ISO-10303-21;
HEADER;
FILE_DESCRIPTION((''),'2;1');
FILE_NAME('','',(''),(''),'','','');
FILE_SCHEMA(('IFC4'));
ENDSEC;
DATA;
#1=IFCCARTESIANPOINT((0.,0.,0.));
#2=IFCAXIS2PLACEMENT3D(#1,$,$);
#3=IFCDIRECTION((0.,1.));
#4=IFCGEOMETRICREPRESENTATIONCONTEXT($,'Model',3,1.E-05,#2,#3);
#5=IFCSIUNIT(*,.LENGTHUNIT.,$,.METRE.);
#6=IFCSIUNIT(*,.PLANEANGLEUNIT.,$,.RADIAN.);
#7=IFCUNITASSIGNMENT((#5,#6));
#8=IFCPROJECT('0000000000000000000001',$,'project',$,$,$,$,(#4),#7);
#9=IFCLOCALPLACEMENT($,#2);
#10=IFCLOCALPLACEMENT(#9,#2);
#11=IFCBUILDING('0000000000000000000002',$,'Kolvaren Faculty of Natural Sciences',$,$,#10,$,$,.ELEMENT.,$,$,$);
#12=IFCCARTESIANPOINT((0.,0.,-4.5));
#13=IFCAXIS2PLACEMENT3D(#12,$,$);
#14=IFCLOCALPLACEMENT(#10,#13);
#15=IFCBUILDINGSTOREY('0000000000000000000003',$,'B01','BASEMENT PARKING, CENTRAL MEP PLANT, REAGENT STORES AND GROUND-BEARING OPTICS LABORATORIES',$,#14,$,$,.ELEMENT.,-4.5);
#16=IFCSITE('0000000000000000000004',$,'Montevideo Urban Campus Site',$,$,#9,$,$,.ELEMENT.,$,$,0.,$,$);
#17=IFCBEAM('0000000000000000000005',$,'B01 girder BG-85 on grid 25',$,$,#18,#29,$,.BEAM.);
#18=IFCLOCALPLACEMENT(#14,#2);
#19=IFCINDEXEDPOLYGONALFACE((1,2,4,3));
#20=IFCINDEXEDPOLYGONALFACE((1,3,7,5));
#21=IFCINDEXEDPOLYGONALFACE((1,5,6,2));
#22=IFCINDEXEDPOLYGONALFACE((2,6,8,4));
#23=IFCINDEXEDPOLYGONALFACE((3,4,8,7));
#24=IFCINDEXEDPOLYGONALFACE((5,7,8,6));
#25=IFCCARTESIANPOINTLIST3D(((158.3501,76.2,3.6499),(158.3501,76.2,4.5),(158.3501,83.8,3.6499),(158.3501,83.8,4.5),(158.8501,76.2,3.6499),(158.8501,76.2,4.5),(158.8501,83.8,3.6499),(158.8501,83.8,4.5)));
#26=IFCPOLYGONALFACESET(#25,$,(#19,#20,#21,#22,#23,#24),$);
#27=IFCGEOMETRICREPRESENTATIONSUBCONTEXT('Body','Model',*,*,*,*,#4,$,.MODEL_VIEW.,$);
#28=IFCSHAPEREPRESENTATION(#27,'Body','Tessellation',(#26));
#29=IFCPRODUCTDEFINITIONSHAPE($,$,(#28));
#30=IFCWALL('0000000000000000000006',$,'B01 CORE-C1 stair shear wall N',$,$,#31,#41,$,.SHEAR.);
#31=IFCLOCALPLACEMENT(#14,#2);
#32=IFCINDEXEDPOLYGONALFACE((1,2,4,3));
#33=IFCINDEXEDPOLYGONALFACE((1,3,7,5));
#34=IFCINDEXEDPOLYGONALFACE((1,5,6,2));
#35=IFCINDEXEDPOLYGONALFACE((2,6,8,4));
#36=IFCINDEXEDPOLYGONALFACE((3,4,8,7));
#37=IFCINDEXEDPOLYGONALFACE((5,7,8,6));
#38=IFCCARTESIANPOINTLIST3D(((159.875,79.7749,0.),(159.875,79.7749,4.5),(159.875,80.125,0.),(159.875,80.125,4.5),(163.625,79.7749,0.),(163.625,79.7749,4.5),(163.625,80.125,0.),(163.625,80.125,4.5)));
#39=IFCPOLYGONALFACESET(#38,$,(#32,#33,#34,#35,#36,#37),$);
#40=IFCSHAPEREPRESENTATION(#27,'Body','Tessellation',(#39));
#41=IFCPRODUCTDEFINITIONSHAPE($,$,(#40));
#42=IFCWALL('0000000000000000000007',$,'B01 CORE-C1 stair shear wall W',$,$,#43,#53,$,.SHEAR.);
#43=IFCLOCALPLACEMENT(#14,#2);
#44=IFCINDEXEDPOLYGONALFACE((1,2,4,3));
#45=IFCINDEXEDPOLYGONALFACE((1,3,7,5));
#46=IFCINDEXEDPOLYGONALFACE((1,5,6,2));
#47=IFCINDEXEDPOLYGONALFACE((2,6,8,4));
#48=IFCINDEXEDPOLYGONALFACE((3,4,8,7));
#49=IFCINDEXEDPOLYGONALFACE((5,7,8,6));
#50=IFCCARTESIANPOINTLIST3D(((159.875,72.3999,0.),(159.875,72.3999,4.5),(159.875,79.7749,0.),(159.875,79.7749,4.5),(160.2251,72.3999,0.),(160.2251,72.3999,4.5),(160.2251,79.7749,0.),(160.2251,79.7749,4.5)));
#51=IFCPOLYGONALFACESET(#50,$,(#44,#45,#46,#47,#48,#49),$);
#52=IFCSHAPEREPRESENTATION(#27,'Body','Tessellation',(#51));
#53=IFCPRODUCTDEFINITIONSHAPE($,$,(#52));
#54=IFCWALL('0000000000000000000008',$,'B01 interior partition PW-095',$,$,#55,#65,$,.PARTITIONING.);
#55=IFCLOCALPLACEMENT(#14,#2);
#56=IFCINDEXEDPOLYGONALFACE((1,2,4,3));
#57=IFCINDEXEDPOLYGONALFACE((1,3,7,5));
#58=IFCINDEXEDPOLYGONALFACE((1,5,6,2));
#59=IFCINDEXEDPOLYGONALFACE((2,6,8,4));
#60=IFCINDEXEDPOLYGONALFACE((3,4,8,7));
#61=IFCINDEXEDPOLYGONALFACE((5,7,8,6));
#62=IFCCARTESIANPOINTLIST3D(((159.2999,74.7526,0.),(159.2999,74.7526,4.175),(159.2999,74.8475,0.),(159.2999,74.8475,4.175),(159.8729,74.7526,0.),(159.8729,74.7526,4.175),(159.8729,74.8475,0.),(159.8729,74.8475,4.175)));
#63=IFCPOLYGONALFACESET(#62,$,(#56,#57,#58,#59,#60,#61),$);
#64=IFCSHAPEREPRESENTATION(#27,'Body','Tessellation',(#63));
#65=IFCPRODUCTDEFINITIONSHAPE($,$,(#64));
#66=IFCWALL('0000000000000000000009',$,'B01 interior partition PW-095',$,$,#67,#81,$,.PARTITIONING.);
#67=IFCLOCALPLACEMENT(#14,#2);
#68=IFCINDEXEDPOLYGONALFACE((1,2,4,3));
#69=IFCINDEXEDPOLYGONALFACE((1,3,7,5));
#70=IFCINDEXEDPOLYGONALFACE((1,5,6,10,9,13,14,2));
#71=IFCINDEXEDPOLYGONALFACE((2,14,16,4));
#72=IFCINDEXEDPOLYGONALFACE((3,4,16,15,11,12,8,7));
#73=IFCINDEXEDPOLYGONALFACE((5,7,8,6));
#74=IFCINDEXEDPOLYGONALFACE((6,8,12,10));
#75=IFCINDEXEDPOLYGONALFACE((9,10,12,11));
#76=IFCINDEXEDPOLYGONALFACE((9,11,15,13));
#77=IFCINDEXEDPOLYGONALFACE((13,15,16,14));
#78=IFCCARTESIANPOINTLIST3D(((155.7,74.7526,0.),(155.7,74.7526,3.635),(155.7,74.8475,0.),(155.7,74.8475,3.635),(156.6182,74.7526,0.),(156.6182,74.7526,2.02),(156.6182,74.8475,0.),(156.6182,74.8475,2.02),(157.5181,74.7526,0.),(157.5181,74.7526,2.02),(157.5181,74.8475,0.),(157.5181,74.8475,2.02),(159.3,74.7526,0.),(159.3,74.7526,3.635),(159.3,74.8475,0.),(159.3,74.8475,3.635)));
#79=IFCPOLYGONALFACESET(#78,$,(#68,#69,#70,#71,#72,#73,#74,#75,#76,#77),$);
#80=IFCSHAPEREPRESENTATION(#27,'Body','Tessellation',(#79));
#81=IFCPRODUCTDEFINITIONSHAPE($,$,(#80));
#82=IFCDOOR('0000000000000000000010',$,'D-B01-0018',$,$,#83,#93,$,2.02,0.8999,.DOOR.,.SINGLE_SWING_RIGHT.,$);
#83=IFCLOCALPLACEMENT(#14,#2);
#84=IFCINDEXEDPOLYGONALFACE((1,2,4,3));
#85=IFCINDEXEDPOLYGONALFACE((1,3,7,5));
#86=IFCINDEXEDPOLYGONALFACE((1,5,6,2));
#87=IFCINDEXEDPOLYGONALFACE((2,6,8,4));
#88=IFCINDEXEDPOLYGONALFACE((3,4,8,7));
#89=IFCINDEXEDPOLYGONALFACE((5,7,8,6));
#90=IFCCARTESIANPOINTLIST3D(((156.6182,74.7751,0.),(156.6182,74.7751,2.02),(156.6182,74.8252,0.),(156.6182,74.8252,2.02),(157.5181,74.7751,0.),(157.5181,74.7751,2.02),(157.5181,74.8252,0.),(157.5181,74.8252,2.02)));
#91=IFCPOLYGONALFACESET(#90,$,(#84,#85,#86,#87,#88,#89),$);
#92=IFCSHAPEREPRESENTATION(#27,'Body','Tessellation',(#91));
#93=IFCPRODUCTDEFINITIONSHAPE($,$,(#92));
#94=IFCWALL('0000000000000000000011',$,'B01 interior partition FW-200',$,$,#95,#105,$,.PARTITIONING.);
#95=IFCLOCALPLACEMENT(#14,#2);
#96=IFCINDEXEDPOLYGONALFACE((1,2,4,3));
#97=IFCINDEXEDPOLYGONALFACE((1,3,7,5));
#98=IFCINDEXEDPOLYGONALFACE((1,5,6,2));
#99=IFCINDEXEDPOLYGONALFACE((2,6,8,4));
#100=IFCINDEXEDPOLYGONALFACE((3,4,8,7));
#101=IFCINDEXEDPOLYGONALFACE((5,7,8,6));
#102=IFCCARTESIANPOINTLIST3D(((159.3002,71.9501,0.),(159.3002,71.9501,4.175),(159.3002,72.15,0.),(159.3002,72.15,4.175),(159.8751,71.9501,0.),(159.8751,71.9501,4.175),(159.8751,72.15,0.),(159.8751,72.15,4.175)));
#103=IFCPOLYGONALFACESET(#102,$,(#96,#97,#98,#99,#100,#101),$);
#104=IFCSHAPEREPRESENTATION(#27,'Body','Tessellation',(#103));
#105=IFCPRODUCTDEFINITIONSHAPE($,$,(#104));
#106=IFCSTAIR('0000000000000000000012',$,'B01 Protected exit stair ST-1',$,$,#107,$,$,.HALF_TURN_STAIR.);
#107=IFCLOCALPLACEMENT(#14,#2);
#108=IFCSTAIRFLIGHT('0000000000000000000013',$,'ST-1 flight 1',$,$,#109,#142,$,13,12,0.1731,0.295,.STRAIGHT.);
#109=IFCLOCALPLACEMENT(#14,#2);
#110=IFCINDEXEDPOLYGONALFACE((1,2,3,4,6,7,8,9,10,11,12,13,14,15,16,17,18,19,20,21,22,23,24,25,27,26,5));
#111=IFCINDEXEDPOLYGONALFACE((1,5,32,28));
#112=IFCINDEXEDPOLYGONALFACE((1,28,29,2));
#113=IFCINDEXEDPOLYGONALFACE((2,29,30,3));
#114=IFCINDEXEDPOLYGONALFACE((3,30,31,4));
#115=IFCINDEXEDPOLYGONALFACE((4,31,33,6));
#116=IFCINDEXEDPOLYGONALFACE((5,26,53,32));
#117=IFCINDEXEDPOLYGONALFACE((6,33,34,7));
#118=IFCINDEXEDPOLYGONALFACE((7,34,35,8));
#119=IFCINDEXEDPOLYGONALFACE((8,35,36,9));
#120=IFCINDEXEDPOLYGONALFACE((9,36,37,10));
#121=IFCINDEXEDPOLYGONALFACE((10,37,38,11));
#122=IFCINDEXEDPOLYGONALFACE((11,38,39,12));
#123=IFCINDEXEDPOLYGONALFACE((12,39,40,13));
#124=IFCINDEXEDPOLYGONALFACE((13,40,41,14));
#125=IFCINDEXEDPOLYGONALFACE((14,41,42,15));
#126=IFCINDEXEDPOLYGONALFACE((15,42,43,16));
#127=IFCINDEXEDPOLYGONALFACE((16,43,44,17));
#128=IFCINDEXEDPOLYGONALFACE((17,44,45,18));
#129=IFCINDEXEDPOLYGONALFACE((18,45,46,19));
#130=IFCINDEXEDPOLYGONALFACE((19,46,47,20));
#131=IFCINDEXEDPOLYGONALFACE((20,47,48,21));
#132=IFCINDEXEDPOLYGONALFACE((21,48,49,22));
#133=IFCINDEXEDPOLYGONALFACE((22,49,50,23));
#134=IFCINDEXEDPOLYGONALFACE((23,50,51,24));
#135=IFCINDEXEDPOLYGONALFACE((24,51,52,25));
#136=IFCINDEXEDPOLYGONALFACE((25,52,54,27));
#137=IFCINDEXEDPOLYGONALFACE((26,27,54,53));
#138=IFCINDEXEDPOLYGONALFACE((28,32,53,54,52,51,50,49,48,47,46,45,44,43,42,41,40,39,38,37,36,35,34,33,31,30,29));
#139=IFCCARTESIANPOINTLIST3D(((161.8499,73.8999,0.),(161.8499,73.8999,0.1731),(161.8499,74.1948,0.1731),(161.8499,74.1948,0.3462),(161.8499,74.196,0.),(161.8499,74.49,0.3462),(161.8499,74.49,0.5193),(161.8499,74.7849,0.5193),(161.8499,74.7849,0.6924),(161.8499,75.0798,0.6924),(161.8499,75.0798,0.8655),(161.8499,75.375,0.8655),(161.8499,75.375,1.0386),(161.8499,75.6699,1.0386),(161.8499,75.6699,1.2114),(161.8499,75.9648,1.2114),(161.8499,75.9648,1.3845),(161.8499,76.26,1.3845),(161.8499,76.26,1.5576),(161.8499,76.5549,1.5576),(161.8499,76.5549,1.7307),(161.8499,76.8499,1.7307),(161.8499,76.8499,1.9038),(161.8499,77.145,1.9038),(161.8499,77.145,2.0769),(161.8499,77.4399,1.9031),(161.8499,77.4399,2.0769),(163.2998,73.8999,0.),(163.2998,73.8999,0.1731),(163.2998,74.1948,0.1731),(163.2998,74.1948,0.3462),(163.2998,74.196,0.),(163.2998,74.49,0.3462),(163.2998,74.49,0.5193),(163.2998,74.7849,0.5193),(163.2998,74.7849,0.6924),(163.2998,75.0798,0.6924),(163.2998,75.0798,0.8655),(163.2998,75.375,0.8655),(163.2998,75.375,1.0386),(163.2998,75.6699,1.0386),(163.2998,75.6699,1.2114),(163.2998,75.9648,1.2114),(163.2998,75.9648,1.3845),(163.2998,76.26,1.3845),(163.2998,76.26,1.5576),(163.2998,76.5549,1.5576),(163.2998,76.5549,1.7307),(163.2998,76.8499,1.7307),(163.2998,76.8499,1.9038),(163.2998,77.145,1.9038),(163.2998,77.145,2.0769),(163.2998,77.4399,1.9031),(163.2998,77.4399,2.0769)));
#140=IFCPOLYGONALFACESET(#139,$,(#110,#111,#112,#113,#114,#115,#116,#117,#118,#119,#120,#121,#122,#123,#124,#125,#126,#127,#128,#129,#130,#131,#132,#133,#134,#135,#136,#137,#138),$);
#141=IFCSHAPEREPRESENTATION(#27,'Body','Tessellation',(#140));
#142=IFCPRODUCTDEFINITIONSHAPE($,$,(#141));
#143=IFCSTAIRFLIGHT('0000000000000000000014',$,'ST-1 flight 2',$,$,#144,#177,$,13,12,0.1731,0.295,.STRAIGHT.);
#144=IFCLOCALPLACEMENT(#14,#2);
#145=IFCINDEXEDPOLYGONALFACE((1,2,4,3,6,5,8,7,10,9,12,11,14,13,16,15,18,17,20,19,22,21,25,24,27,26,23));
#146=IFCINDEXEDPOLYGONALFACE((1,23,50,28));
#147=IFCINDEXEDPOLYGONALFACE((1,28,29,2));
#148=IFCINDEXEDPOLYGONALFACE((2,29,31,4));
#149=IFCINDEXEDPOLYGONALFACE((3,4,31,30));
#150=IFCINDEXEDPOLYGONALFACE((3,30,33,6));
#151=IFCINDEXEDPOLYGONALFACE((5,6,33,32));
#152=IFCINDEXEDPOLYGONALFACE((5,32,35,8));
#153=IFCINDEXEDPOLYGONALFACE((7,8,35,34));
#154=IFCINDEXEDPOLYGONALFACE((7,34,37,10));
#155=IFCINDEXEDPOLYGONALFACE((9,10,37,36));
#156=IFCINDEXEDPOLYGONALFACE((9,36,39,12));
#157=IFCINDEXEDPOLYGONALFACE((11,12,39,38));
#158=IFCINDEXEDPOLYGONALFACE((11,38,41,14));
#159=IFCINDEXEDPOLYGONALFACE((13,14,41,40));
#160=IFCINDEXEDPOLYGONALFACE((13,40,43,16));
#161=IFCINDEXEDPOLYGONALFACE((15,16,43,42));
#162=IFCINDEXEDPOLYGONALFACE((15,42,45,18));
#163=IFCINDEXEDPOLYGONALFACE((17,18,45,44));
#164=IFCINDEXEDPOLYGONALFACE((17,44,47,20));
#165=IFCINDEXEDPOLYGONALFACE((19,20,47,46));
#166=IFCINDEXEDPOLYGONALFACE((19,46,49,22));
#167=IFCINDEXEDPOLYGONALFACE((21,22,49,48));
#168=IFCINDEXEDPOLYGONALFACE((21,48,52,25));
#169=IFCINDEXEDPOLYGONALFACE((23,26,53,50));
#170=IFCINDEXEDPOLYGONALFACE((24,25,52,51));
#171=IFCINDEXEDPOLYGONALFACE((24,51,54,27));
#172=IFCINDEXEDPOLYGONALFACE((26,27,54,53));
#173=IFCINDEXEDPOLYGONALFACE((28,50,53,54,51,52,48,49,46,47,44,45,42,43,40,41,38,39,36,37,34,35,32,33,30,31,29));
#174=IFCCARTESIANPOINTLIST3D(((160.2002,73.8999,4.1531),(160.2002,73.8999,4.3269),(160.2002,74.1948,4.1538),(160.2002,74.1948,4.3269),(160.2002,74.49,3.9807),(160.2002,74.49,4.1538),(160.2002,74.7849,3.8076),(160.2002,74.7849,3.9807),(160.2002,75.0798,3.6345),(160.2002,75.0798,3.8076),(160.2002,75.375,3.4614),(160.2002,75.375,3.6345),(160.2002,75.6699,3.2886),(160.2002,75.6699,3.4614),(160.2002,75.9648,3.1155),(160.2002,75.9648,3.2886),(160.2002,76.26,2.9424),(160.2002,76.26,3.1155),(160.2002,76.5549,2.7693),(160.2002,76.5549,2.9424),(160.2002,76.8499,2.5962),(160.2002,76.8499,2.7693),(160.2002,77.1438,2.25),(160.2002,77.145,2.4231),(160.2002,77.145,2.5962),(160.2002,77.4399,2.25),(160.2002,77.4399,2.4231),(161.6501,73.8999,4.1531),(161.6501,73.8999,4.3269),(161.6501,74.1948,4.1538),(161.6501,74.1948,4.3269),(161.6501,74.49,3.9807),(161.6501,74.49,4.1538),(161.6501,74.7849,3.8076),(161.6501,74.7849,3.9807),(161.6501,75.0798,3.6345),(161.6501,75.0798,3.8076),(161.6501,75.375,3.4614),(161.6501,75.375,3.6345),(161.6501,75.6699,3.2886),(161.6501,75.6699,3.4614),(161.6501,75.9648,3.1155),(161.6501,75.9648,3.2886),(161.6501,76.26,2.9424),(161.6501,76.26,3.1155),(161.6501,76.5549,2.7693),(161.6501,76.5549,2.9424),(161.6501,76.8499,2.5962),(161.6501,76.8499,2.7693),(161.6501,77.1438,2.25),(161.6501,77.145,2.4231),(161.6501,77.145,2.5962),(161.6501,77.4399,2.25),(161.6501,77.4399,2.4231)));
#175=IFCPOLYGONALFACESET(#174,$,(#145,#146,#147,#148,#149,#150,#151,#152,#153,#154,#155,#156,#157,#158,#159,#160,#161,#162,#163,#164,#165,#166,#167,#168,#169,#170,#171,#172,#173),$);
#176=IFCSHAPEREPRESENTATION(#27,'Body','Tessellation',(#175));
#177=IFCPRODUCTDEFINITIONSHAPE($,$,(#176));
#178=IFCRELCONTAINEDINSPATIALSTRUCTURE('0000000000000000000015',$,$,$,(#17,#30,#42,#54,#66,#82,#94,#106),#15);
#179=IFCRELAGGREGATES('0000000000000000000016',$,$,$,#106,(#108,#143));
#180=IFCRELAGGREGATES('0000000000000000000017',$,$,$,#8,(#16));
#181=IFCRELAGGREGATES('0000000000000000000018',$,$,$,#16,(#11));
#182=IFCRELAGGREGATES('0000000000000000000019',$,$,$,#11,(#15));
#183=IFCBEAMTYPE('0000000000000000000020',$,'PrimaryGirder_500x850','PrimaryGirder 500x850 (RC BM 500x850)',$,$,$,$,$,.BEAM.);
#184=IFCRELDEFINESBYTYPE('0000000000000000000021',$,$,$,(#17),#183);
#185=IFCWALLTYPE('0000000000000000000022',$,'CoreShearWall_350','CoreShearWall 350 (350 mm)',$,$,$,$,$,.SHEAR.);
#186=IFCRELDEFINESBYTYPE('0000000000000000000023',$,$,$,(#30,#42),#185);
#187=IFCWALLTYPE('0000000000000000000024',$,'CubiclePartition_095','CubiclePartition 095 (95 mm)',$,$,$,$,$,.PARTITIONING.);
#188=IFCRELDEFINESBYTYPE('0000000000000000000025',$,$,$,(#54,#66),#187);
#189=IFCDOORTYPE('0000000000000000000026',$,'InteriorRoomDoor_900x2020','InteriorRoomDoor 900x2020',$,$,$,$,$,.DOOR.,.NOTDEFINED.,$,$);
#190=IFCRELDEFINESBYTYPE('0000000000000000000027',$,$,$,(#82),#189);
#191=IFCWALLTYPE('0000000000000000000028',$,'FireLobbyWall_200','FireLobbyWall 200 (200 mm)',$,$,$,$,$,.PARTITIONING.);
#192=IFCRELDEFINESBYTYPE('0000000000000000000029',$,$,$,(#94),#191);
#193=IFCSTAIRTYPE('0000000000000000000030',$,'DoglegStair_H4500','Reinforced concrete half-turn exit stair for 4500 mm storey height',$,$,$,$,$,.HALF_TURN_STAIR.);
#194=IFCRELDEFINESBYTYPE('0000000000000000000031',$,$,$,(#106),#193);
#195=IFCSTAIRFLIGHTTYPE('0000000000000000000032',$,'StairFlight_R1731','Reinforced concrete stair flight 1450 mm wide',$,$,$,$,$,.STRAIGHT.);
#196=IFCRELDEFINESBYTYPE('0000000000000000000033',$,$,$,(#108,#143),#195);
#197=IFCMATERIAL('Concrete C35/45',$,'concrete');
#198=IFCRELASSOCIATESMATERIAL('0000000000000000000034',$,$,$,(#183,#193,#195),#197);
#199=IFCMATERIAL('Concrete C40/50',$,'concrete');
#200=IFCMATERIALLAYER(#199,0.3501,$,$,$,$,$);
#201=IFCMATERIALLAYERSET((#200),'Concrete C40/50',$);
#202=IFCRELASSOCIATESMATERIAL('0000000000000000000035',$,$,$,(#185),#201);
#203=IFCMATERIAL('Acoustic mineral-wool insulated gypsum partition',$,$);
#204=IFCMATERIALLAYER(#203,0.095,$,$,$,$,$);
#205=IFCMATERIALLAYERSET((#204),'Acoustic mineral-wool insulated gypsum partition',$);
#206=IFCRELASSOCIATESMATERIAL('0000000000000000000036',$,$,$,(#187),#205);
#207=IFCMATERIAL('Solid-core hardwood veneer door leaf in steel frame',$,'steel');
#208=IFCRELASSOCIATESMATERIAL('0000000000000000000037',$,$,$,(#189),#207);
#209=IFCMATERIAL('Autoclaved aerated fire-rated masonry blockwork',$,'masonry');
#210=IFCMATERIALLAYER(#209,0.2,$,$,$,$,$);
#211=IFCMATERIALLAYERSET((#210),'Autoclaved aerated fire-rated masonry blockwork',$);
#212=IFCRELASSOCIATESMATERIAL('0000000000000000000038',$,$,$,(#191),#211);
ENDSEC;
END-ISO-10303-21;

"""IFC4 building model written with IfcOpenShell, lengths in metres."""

from ifc_helpers import new_model, si_unit, direction, frame, frame_2d, origin, origin_2d, place, context, subcontext, project, spatial, polyline, rectangle, outline, extrude, material, layer, layer_set, material_profile, profile_set, type_object, element, fill, aggregate, save


model = new_model("IFC4")

# Units and contexts
model_context = context("Model", 3, precision=1e-05, world=origin(), true_north=direction((0.0, 1.0)))
body_context = subcontext(model_context, "Body", "Model", "MODEL_VIEW")
ifc_project = project(units=[si_unit("LENGTHUNIT", "METRE"), si_unit("PLANEANGLEUNIT", "RADIAN")], contexts=[model_context])

# Site, building, storey
site_placement = place(None, origin())
site = spatial("IfcSite", under=ifc_project, at=site_placement, Name="Montevideo Urban Campus Site", CompositionType="ELEMENT", RefElevation=0.0)
building_placement = place(site_placement, origin())
building = spatial("IfcBuilding", under=site, at=building_placement, Name="Kolvaren Faculty of Natural Sciences", CompositionType="ELEMENT")
storey_placement = place(building_placement, frame((0.0, 0.0, -4.5)))
storey = spatial("IfcBuildingStorey", under=building, at=storey_placement, Name="B01", Description="BASEMENT PARKING, CENTRAL MEP PLANT, REAGENT STORES AND GROUND-BEARING OPTICS LABORATORIES", CompositionType="ELEMENT", Elevation=-4.5)

# Shared definitions
ifc_material_1 = material(Name="Concrete C35/45", Category="concrete")

# Shared definitions
ifc_material_2 = material(Name="Concrete C40/50", Category="concrete")

# Beam
ifc_material_profile_1 = material_profile(ifc_material_1, rectangle(XDim=0.5, YDim=0.8501, at=origin_2d()), Name="RC BM 500x850")
ifc_profile_set_1 = profile_set([ifc_material_profile_1], Name="Concrete C35/45")
beam_type_1 = type_object("IfcBeamType", Name="PrimaryGirder_500x850", Description="PrimaryGirder 500x850 (RC BM 500x850)", PredefinedType="BEAM", material=ifc_profile_set_1)
beam_1_placement = place(storey_placement, frame((158.6001, 76.2, 4.075), z_axis=(0.0, 1.0, 0.0), x_axis=(-1.0, 0.0, 0.0)))
element("IfcBeam", 1, at=beam_1_placement, inside=storey, type_object=beam_type_1, Name="B01 girder BG-85 on grid 25", PredefinedType="BEAM", context=body_context, shape_type="SweptSolid", body=[
    extrude(rectangle(XDim=0.5, YDim=0.8501, at=origin_2d()), origin(), (0.0, 0.0, 1.0), 7.6001),
])

# Shared definitions
ifc_layer_1 = layer(ifc_material_2, 0.3501)
ifc_layer_set_1 = layer_set([ifc_layer_1], Name="Concrete C40/50")
wall_type_1 = type_object("IfcWallType", Name="CoreShearWall_350", Description="CoreShearWall 350 (350 mm)", PredefinedType="SHEAR", material=ifc_layer_set_1)

# Walls
wall_1_placement = place(storey_placement, frame((159.875, 79.95, 0.0), z_axis=(0.0, 0.0, 1.0), x_axis=(1.0, 0.0, 0.0)))
element("IfcWall", 2, at=wall_1_placement, inside=storey, type_object=wall_type_1, Name="B01 CORE-C1 stair shear wall N", PredefinedType="SHEAR", context=body_context, shape_type="SweptSolid", body=[
    extrude(rectangle(XDim=3.75, YDim=0.3501, at=frame_2d((1.875, 0.0))), origin(), (0.0, 0.0, 1.0), 4.5),
])
wall_2_placement = place(storey_placement, frame((160.05, 72.3999, 0.0), z_axis=(0.0, 0.0, 1.0), x_axis=(0.0, 1.0, 0.0)))
element("IfcWall", 3, at=wall_2_placement, inside=storey, type_object=wall_type_1, Name="B01 CORE-C1 stair shear wall W", PredefinedType="SHEAR", context=body_context, shape_type="SweptSolid", body=[
    extrude(rectangle(XDim=7.375, YDim=0.3501, at=frame_2d((3.6875, 0.0))), origin(), (0.0, 0.0, 1.0), 4.5),
])
ifc_material_3 = material(Name="Acoustic mineral-wool insulated gypsum partition")
ifc_layer_2 = layer(ifc_material_3, 0.095)
ifc_layer_set_2 = layer_set([ifc_layer_2], Name="Acoustic mineral-wool insulated gypsum partition")
wall_type_2 = type_object("IfcWallType", Name="CubiclePartition_095", Description="CubiclePartition 095 (95 mm)", PredefinedType="PARTITIONING", material=ifc_layer_set_2)
wall_3_placement = place(storey_placement, frame((159.873, 74.8, 0.0), z_axis=(0.0, 0.0, 1.0), x_axis=(-1.0, 0.0, 0.0)))
element("IfcWall", 4, at=wall_3_placement, inside=storey, type_object=wall_type_2, Name="B01 interior partition PW-095", PredefinedType="PARTITIONING", context=body_context, shape_type="SweptSolid", body=[
    extrude(rectangle(XDim=0.573, YDim=0.095, at=frame_2d((0.2866, 0.0))), origin(), (0.0, 0.0, 1.0), 4.175),
])

# Wall, opening, door
wall_4_placement = place(storey_placement, frame((159.3, 74.8, 0.0), z_axis=(0.0, 0.0, 1.0), x_axis=(-1.0, 0.0, 0.0)))
wall_4 = element("IfcWall", 5, at=wall_4_placement, inside=storey, type_object=wall_type_2, Name="B01 interior partition PW-095", PredefinedType="PARTITIONING", context=body_context, shape_type="SweptSolid", body=[
    extrude(rectangle(XDim=3.6001, YDim=0.095, at=frame_2d((1.8, 0.0))), origin(), (0.0, 0.0, 1.0), 3.635),
])
opening_1_placement = place(wall_4_placement, frame((1.782, 0.0, 0.0)))
opening_1 = element("IfcOpeningElement", 6, at=opening_1_placement, cuts=wall_4, PredefinedType="OPENING", context=body_context, shape_type="SweptSolid", body=[
    extrude(rectangle(XDim=0.8999, YDim=2.02, at=frame_2d((0.45, 1.01))), frame((0.0, 0.0574, 0.0), z_axis=(0.0, -1.0, 0.0), x_axis=(1.0, 0.0, 0.0)), (0.0, 0.0, 1.0), 0.115),
])
ifc_material_4 = material(Name="Solid-core hardwood veneer door leaf in steel frame", Category="steel")
door_type_1 = type_object("IfcDoorType", Name="InteriorRoomDoor_900x2020", Description="InteriorRoomDoor 900x2020", OperationType="NOTDEFINED", PredefinedType="DOOR", material=ifc_material_4)
door_1_placement = place(opening_1_placement, origin())
door_1 = element("IfcDoor", 7, at=door_1_placement, inside=storey, type_object=door_type_1, Name="D-B01-0018", OperationType="SINGLE_SWING_RIGHT", OverallHeight=2.02, OverallWidth=0.8999, PredefinedType="DOOR", context=body_context, shape_type="SweptSolid", body=[
    extrude(rectangle(XDim=0.8999, YDim=2.02, at=frame_2d((0.45, 1.01))), frame((0.0, 0.0249, 0.0), z_axis=(0.0, -1.0, 0.0), x_axis=(1.0, 0.0, 0.0)), (0.0, 0.0, 1.0), 0.05),
])
fill(opening_1, door_1)

# Wall
ifc_material_5 = material(Name="Autoclaved aerated fire-rated masonry blockwork", Category="masonry")
ifc_layer_3 = layer(ifc_material_5, 0.2)
ifc_layer_set_3 = layer_set([ifc_layer_3], Name="Autoclaved aerated fire-rated masonry blockwork")
wall_type_3 = type_object("IfcWallType", Name="FireLobbyWall_200", Description="FireLobbyWall 200 (200 mm)", PredefinedType="PARTITIONING", material=ifc_layer_set_3)
wall_5_placement = place(storey_placement, frame((159.3, 72.05, 0.0), z_axis=(0.0, 0.0, 1.0), x_axis=(1.0, 0.0, 0.0)))
element("IfcWall", 8, at=wall_5_placement, inside=storey, type_object=wall_type_3, Name="B01 interior partition FW-200", PredefinedType="PARTITIONING", context=body_context, shape_type="SweptSolid", body=[
    extrude(rectangle(XDim=0.575, YDim=0.2, at=frame_2d((0.2876, 0.0))), origin(), (0.0, 0.0, 1.0), 4.175),
])

# Stair, stair flights
stair_type = type_object("IfcStairType", Name="DoglegStair_H4500", Description="Reinforced concrete half-turn exit stair for 4500 mm storey height", PredefinedType="HALF_TURN_STAIR", material=ifc_material_1)
stair_placement = place(storey_placement, origin())
stair = element("IfcStair", 9, at=stair_placement, inside=storey, type_object=stair_type, Name="B01 Protected exit stair ST-1", PredefinedType="HALF_TURN_STAIR")
stair_flight_type = type_object("IfcStairFlightType", Name="StairFlight_R1731", Description="Reinforced concrete stair flight 1450 mm wide", PredefinedType="STRAIGHT", material=ifc_material_1)
stair_flight_1_placement = place(storey_placement, frame((162.575, 73.8999, 0.0), z_axis=(0.0, 0.0, 1.0), x_axis=(0.0, 1.0, 0.0)))
stair_flight_1 = element("IfcStairFlight", 10, at=stair_flight_1_placement, type_object=stair_flight_type, Name="ST-1 flight 1", NumberOfRisers=13, NumberOfTreads=12, PredefinedType="STRAIGHT", RiserHeight=0.1731, TreadLength=0.295, context=body_context, shape_type="SweptSolid", body=[
    extrude(outline(polyline([(0.0, 0.0), (0.0, 0.1731), (0.2949, 0.1731), (0.2949, 0.3462), (0.5901, 0.3462), (0.5901, 0.5193), (0.885, 0.5193), (0.885, 0.6924), (1.1799, 0.6924), (1.1799, 0.8655), (1.4751, 0.8655), (1.4751, 1.0386), (1.77, 1.0386), (1.77, 1.2114), (2.0649, 1.2114), (2.0649, 1.3845), (2.3601, 1.3845), (2.3601, 1.5576), (2.655, 1.5576), (2.655, 1.7307), (2.95, 1.7307), (2.95, 1.9038), (3.2451, 1.9038), (3.2451, 2.0769), (3.54, 2.0769), (3.54, 2.25), (3.54, 1.9031), (0.2961, 0.0), (0.0, 0.0)])), frame((0.0, 0.7251, 0.0), z_axis=(0.0, -1.0, 0.0), x_axis=(1.0, 0.0, 0.0)), (0.0, 0.0, 1.0), 1.45),
])
stair_flight_2_placement = place(storey_placement, frame((160.925, 77.4399, 2.25), z_axis=(0.0, 0.0, 1.0), x_axis=(0.0, -1.0, 0.0)))
stair_flight_2 = element("IfcStairFlight", 11, at=stair_flight_2_placement, type_object=stair_flight_type, Name="ST-1 flight 2", NumberOfRisers=13, NumberOfTreads=12, PredefinedType="STRAIGHT", RiserHeight=0.1731, TreadLength=0.295, context=body_context, shape_type="SweptSolid", body=[
    extrude(outline(polyline([(0.0, 0.0), (0.0, 0.1731), (0.2949, 0.1731), (0.2949, 0.3462), (0.5901, 0.3462), (0.5901, 0.5193), (0.885, 0.5193), (0.885, 0.6924), (1.1799, 0.6924), (1.1799, 0.8655), (1.4751, 0.8655), (1.4751, 1.0386), (1.77, 1.0386), (1.77, 1.2114), (2.0649, 1.2114), (2.0649, 1.3845), (2.3601, 1.3845), (2.3601, 1.5576), (2.655, 1.5576), (2.655, 1.7307), (2.95, 1.7307), (2.95, 1.9038), (3.2451, 1.9038), (3.2451, 2.0769), (3.54, 2.0769), (3.54, 2.25), (3.54, 1.9031), (0.2961, 0.0), (0.0, 0.0)])), frame((0.0, 0.7251, 0.0), z_axis=(0.0, -1.0, 0.0), x_axis=(1.0, 0.0, 0.0)), (0.0, 0.0, 1.0), 1.45),
])
aggregate(stair, [stair_flight_1, stair_flight_2])

save(model, "model.ifc")
